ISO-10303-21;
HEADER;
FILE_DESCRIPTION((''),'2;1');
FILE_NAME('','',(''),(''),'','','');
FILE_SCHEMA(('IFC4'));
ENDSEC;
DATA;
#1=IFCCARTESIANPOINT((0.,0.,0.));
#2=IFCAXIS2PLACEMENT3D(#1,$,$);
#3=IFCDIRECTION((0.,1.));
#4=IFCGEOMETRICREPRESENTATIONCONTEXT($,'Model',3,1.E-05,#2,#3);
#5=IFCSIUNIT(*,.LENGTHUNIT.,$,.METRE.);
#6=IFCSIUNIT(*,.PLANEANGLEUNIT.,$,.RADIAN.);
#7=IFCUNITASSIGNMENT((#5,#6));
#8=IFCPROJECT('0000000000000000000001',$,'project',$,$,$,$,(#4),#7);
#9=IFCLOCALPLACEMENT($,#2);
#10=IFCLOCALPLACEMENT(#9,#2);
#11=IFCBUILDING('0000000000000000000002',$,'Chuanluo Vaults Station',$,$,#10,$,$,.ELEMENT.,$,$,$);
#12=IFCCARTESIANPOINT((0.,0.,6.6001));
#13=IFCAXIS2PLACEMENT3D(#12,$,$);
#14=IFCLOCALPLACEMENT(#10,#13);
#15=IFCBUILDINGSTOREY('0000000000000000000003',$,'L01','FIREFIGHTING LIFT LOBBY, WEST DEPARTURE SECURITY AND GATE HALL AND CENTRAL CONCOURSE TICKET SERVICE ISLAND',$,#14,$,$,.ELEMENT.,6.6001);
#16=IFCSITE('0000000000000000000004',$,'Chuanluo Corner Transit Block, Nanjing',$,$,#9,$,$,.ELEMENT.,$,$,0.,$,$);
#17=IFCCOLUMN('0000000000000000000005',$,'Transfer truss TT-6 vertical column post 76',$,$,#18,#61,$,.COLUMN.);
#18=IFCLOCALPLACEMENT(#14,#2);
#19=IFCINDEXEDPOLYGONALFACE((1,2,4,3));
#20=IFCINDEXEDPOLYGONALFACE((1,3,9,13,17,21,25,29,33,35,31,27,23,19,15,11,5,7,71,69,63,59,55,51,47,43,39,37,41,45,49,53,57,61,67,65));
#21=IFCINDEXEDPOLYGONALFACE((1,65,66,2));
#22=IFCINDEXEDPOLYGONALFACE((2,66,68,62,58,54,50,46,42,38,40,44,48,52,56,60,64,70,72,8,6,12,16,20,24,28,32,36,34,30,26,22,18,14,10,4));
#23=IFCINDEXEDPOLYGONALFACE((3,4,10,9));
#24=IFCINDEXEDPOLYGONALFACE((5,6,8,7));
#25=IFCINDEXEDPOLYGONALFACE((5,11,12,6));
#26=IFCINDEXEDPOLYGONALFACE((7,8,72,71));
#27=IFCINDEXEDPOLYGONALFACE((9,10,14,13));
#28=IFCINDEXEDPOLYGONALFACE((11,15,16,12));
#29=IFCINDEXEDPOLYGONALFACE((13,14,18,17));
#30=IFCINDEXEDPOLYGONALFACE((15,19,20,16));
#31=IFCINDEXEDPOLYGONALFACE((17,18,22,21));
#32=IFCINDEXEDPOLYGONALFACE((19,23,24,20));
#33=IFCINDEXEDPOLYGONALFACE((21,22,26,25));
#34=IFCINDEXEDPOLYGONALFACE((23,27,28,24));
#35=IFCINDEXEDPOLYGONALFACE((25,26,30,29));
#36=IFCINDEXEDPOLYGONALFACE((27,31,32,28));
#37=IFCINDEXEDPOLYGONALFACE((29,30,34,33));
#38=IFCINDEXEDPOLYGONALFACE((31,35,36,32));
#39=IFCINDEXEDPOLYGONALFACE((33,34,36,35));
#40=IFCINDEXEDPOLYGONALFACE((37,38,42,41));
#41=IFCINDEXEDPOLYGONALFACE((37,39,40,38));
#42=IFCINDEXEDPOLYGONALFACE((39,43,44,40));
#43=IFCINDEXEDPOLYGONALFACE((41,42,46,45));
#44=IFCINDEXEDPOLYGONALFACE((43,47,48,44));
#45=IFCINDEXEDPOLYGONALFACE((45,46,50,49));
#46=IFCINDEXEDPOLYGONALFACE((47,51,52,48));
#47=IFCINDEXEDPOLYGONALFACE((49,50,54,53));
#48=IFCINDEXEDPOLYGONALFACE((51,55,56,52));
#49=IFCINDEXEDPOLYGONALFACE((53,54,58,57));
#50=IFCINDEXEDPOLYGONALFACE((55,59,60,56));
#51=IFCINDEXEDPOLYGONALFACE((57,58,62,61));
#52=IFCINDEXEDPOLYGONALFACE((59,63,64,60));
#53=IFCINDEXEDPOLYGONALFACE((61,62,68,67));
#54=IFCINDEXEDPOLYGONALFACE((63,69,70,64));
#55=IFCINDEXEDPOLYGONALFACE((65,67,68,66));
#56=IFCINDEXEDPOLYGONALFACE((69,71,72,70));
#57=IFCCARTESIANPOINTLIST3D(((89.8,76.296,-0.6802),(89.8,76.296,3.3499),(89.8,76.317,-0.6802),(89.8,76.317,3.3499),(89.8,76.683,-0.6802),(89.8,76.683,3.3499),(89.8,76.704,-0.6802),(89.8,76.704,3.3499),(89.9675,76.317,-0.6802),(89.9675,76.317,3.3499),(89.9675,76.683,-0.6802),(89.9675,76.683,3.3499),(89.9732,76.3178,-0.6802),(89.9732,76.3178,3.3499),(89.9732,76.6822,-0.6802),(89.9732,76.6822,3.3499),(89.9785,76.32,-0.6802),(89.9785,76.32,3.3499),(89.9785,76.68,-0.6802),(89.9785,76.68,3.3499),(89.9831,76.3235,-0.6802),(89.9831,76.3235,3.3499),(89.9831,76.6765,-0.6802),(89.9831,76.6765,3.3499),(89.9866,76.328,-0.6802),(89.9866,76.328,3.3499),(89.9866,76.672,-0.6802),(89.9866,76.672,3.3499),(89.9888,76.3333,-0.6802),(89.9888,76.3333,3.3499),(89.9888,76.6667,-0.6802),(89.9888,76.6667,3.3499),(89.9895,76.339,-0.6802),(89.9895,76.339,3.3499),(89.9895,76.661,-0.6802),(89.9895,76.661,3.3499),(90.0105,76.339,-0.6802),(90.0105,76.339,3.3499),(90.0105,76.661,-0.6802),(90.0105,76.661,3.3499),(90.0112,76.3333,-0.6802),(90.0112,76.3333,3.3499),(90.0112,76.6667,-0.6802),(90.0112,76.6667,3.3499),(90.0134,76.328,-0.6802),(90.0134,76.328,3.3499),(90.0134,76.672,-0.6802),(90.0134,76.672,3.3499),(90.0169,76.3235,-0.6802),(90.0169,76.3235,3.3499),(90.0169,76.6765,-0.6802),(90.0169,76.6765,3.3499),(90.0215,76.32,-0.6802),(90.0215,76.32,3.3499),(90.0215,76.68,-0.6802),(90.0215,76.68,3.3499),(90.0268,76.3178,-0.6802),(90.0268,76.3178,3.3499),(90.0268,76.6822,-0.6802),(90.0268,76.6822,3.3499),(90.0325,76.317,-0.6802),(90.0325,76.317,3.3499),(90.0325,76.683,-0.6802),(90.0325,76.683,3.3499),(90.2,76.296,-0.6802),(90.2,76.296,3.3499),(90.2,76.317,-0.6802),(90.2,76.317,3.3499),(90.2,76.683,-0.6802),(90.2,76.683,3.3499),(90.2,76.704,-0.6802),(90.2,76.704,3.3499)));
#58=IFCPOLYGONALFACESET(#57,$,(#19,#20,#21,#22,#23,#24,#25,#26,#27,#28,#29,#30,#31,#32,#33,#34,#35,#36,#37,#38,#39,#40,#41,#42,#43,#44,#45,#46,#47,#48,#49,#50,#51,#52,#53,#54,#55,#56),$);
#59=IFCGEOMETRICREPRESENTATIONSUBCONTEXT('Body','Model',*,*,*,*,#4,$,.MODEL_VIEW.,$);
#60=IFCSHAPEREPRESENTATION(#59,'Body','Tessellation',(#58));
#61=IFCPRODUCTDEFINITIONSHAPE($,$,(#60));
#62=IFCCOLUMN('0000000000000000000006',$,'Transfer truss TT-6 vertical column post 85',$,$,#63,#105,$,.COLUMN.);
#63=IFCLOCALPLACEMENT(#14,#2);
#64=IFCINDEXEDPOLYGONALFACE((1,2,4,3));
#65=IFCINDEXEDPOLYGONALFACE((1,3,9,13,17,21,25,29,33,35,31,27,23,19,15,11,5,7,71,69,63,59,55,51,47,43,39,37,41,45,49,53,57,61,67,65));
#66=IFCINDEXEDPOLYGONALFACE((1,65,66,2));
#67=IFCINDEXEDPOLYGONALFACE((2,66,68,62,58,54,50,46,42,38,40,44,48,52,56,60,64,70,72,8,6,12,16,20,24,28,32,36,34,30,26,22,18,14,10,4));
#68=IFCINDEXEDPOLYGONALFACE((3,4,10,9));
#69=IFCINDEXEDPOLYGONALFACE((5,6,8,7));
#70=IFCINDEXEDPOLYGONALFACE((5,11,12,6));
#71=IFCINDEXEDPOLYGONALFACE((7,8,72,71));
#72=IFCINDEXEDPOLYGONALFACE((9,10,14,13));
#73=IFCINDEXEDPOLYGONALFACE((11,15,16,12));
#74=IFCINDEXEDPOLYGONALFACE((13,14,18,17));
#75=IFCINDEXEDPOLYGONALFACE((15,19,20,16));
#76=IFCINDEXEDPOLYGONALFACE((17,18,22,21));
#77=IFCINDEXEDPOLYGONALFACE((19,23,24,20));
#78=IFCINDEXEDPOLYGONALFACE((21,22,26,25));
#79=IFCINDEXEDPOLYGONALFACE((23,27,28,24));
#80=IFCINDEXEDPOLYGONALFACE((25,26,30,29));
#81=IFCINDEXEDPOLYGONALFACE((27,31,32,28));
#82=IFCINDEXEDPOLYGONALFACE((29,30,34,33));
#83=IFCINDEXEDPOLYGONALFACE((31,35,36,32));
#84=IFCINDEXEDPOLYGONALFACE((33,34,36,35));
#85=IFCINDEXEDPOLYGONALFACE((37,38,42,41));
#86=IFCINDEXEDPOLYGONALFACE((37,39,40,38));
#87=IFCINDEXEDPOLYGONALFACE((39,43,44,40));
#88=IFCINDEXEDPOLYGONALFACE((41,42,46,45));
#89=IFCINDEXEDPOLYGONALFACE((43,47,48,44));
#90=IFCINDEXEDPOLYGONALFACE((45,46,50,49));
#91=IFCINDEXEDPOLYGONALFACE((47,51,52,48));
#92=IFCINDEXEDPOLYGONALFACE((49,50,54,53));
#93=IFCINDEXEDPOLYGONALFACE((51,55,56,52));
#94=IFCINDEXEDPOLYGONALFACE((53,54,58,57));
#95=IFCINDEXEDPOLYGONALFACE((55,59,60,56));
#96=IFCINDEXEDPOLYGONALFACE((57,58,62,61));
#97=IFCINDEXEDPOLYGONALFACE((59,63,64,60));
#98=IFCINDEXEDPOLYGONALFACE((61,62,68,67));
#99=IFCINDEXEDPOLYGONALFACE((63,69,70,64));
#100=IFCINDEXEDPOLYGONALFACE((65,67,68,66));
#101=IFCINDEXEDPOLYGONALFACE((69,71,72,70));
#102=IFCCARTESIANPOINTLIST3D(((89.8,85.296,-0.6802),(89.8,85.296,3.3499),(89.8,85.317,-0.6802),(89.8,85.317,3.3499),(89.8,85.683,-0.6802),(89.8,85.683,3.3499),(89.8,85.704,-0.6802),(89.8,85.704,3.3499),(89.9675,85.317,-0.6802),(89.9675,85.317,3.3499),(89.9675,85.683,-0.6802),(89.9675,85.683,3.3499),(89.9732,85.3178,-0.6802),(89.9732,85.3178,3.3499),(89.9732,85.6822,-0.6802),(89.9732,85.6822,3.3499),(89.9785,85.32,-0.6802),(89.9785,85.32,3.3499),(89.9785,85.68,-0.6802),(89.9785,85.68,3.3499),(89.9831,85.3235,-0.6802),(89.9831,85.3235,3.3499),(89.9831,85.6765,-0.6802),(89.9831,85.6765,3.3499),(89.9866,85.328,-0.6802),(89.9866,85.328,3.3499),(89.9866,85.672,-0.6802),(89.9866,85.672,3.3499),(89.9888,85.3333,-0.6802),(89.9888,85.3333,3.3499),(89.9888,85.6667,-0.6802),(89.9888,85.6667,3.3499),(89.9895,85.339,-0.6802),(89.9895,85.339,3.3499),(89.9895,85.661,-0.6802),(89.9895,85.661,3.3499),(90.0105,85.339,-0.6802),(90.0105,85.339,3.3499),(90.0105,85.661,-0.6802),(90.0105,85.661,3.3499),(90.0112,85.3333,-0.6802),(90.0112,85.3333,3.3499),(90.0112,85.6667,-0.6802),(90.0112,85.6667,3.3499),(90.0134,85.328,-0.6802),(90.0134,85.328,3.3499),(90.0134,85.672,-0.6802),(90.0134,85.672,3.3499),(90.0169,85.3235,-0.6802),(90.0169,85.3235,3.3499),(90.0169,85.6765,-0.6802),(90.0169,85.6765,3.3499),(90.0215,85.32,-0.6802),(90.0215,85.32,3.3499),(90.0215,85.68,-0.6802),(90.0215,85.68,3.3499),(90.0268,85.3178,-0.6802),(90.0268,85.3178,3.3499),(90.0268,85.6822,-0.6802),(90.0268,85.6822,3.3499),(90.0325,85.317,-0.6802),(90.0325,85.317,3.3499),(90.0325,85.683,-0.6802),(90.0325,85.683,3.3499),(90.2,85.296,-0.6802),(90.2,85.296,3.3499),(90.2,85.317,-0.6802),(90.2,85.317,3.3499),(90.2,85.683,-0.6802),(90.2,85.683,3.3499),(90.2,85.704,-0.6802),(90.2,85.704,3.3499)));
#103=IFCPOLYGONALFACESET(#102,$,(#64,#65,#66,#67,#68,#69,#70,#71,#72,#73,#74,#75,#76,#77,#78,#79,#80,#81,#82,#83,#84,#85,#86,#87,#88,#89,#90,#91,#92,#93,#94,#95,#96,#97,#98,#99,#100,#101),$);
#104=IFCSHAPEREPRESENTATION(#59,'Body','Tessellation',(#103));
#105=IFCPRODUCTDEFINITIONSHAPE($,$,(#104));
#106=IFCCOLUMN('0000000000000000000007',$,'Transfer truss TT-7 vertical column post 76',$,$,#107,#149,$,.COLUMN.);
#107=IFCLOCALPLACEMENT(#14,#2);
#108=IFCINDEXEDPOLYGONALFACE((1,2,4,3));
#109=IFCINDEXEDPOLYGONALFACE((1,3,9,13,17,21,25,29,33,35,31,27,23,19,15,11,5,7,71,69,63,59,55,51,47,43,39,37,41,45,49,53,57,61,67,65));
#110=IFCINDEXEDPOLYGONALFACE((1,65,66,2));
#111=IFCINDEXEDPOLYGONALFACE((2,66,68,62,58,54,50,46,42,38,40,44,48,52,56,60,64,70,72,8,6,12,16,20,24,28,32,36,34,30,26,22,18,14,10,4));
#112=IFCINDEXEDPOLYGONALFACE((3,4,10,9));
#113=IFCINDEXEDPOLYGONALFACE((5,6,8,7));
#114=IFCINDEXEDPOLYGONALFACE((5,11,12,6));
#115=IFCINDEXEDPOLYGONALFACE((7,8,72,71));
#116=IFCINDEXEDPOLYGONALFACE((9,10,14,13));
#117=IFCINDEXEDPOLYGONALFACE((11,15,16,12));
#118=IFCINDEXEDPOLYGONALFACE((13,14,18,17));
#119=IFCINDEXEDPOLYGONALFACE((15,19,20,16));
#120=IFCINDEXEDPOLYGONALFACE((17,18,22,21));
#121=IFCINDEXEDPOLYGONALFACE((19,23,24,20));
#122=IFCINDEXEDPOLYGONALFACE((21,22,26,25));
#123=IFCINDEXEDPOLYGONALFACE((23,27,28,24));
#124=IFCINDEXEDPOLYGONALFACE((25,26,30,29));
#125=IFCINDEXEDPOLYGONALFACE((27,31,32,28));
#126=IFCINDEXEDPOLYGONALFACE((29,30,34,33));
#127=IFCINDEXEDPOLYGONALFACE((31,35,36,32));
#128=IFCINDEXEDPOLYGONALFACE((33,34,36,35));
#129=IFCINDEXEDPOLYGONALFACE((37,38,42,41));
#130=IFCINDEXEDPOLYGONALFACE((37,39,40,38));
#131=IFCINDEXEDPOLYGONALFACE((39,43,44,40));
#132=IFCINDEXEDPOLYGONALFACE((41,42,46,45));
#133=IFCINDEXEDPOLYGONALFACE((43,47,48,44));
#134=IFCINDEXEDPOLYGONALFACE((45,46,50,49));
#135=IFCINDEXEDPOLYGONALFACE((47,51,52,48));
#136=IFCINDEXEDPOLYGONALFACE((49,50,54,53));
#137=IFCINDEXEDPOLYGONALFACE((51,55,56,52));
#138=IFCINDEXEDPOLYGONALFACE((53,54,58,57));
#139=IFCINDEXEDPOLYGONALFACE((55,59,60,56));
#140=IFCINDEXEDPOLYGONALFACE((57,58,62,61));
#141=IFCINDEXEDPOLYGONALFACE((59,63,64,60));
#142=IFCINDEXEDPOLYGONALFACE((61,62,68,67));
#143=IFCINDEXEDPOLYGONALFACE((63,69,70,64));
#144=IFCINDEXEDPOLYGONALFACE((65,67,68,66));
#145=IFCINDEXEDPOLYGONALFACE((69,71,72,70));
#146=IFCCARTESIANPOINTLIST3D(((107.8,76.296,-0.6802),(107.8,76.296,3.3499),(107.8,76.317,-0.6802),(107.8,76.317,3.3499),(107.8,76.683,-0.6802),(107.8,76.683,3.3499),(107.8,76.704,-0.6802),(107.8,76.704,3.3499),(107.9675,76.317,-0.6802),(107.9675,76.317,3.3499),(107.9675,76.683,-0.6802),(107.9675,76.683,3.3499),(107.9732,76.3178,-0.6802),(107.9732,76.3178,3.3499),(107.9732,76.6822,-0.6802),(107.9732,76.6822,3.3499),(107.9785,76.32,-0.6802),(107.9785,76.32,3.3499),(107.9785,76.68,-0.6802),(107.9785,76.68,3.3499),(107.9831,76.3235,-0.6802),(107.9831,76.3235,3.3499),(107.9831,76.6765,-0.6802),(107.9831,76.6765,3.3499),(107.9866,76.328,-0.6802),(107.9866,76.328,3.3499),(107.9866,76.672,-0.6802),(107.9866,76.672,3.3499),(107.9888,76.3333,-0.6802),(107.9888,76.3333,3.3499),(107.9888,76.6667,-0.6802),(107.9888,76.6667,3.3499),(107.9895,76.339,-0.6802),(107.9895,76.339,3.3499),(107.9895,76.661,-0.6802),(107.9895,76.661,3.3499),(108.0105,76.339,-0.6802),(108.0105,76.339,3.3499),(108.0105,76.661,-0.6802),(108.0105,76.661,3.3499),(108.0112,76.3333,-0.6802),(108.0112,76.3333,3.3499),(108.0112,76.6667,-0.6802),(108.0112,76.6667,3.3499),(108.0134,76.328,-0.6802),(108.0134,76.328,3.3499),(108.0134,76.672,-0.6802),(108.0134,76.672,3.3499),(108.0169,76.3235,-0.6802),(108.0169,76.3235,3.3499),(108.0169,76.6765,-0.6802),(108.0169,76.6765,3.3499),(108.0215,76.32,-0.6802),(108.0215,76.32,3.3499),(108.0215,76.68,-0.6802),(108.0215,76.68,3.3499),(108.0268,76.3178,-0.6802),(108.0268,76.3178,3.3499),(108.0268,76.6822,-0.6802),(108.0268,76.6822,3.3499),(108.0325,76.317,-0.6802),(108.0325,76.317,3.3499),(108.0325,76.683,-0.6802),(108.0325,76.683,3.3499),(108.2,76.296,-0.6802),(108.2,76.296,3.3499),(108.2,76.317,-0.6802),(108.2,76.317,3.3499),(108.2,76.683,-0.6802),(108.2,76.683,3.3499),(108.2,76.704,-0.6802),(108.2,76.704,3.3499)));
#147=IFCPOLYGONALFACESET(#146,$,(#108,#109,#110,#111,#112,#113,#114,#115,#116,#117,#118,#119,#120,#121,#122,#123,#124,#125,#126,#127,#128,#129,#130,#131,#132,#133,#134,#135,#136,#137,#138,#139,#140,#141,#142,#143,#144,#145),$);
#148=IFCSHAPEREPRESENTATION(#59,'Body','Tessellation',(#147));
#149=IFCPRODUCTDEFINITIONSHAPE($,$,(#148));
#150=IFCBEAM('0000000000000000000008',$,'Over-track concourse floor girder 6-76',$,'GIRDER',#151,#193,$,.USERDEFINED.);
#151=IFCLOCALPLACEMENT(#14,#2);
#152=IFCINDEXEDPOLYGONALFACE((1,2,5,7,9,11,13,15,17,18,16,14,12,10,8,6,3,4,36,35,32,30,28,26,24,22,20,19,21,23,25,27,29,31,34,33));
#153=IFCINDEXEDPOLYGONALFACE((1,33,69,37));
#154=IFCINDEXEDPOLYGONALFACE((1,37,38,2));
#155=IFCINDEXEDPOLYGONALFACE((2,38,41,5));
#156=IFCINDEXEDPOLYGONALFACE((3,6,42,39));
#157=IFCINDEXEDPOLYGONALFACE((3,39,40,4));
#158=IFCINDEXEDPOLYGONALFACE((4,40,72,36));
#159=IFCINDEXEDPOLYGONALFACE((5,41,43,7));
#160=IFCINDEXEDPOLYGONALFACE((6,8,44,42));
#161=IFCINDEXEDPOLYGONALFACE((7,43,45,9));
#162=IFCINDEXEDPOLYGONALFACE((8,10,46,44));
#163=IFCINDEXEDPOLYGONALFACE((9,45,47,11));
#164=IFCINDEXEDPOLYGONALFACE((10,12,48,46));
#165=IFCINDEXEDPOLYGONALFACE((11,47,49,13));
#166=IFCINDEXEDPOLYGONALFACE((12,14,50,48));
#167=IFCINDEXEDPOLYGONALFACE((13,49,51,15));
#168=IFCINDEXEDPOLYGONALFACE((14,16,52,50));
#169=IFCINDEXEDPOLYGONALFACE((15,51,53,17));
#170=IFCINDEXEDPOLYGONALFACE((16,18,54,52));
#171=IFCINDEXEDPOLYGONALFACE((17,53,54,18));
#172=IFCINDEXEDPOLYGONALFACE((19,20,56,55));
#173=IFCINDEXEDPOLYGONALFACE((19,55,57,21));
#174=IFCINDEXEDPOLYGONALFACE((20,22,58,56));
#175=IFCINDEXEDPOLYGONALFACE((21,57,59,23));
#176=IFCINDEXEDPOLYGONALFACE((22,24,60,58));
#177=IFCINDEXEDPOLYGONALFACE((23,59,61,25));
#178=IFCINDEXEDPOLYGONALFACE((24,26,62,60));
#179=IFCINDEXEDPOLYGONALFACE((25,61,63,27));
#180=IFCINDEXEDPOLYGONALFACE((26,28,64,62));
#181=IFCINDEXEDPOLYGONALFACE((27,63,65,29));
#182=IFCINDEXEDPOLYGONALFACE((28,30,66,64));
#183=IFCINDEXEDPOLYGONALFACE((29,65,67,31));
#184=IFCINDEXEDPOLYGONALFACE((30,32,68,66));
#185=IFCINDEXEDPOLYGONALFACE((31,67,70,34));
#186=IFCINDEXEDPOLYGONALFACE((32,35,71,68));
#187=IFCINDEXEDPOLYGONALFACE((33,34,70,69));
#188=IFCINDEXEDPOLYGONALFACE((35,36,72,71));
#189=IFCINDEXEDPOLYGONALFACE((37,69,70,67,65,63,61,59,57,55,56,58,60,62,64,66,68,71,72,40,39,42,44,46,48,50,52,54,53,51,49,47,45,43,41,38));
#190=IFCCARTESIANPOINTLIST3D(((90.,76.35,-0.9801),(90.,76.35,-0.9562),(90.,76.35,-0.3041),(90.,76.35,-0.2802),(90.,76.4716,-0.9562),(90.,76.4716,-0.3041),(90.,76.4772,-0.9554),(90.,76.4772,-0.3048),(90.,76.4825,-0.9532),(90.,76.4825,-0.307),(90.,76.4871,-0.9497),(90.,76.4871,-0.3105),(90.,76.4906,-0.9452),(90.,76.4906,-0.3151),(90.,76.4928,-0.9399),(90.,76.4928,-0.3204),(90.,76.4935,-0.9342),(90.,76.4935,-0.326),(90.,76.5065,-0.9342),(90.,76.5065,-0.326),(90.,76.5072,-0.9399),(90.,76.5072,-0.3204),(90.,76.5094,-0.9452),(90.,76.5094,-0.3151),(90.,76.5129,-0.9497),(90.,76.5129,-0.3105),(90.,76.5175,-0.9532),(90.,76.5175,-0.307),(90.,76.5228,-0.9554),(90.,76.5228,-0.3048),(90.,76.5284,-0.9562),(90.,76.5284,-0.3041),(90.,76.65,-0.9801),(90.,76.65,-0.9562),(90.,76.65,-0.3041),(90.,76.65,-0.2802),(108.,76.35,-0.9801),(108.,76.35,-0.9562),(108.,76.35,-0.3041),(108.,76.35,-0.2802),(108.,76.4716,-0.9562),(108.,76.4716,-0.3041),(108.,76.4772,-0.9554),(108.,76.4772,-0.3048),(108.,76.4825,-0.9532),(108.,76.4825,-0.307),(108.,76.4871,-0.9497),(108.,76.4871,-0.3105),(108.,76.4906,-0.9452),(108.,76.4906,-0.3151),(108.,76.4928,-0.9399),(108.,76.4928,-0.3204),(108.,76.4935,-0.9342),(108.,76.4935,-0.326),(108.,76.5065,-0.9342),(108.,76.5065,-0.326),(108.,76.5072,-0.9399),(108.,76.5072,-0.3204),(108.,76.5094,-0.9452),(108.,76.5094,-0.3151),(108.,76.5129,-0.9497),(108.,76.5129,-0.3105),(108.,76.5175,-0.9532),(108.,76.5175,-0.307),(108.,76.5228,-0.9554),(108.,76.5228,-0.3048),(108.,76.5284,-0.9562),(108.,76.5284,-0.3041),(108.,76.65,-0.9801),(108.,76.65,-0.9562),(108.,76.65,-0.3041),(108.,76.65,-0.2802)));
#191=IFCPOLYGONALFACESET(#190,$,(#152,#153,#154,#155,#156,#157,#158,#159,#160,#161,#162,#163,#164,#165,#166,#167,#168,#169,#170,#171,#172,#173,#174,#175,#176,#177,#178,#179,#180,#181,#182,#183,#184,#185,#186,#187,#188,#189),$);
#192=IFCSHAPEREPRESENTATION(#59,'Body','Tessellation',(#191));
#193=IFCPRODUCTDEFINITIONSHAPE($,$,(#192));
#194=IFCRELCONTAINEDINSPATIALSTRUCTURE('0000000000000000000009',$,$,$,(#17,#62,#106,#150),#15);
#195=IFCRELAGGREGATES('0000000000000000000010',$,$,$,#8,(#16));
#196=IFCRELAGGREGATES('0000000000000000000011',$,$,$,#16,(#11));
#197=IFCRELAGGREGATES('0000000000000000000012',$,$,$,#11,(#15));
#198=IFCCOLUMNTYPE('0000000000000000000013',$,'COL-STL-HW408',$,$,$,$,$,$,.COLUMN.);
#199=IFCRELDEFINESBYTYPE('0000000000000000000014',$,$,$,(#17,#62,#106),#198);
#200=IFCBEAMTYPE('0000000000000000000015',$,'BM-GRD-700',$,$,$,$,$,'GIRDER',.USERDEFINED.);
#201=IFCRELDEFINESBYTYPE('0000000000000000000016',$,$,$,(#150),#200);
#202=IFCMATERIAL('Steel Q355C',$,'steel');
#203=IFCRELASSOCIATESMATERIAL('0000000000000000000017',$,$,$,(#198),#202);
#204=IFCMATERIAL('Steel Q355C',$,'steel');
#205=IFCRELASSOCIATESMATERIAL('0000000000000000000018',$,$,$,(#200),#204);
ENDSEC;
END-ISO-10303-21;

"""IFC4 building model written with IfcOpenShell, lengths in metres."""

from ifc_helpers import new_model, si_unit, direction, frame, origin, origin_2d, place, context, subcontext, project, spatial, i_section, extrude, material, material_profile, profile_set, type_object, element, save


model = new_model("IFC4")

# Units and contexts
model_context = context("Model", 3, precision=1e-05, world=origin(), true_north=direction((0.0, 1.0)))
body_context = subcontext(model_context, "Body", "Model", "MODEL_VIEW")
ifc_project = project(units=[si_unit("LENGTHUNIT", "METRE"), si_unit("PLANEANGLEUNIT", "RADIAN")], contexts=[model_context])

# Site, building, storey
site_placement = place(None, origin())
site = spatial("IfcSite", under=ifc_project, at=site_placement, Name="Chuanluo Corner Transit Block, Nanjing", CompositionType="ELEMENT", RefElevation=0.0)
building_placement = place(site_placement, origin())
building = spatial("IfcBuilding", under=site, at=building_placement, Name="Chuanluo Vaults Station", CompositionType="ELEMENT")
storey_placement = place(building_placement, frame((0.0, 0.0, 6.6001)))
storey = spatial("IfcBuildingStorey", under=building, at=storey_placement, Name="L01", Description="FIREFIGHTING LIFT LOBBY, WEST DEPARTURE SECURITY AND GATE HALL AND CENTRAL CONCOURSE TICKET SERVICE ISLAND", CompositionType="ELEMENT", Elevation=6.6001)

# Columns
ifc_material_1 = material(Name="Steel Q355C", Category="steel")
ifc_material_profile_1 = material_profile(ifc_material_1, i_section(OverallWidth=0.3999, OverallDepth=0.408, WebThickness=0.021, FlangeThickness=0.021, FilletRadius=0.022, at=origin_2d()))
ifc_profile_set_1 = profile_set([ifc_material_profile_1], Name="Steel Q355C")
column_type = type_object("IfcColumnType", Name="COL-STL-HW408", PredefinedType="COLUMN", material=ifc_profile_set_1)
for number, where, z_axis, x_axis, name in (
    (1, (90.0, 76.5, -0.6802), (0.0, 0.0, 1.0), (1.0, 0.0, 0.0), "Transfer truss TT-6 vertical column post 76"),
    (2, (90.0, 85.5, -0.6802), (0.0, 0.0, 1.0), (1.0, 0.0, 0.0), "Transfer truss TT-6 vertical column post 85"),
    (3, (108.0, 76.5, -0.6802), (0.0, 0.0, 1.0), (1.0, 0.0, 0.0), "Transfer truss TT-7 vertical column post 76"),
):
    element("IfcColumn", number, at=place(storey_placement, frame(where, z_axis=z_axis, x_axis=x_axis)), inside=storey, type_object=column_type, Name=name, PredefinedType="COLUMN", context=body_context, shape_type="SweptSolid", body=[
        extrude(i_section(OverallWidth=0.3999, OverallDepth=0.408, WebThickness=0.021, FlangeThickness=0.021, FilletRadius=0.022, at=origin_2d()), origin(), (0.0, 0.0, 1.0), 4.03),
    ])

# Beam
ifc_material_2 = material(Name="Steel Q355C", Category="steel")
ifc_material_profile_2 = material_profile(ifc_material_2, i_section(OverallWidth=0.3, OverallDepth=0.7, WebThickness=0.0129, FlangeThickness=0.0239, FilletRadius=0.022, at=origin_2d()))
ifc_profile_set_2 = profile_set([ifc_material_profile_2], Name="Steel Q355C")
beam_type_1 = type_object("IfcBeamType", Name="BM-GRD-700", ElementType="GIRDER", PredefinedType="USERDEFINED", material=ifc_profile_set_2)
for number, where, z_axis, x_axis, name in (
    (4, (90.0, 76.5, -0.6301), (1.0, 0.0, 0.0), (0.0, 1.0, 0.0), "Over-track concourse floor girder 6-76"),
):
    element("IfcBeam", number, at=place(storey_placement, frame(where, z_axis=z_axis, x_axis=x_axis)), inside=storey, type_object=beam_type_1, Name=name, ObjectType="GIRDER", PredefinedType="USERDEFINED", context=body_context, shape_type="SweptSolid", body=[
        extrude(i_section(OverallWidth=0.3, OverallDepth=0.7, WebThickness=0.0129, FlangeThickness=0.0239, FilletRadius=0.022, at=origin_2d()), origin(), (0.0, 0.0, 1.0), 18.0),
    ])

save(model, "model.ifc")
